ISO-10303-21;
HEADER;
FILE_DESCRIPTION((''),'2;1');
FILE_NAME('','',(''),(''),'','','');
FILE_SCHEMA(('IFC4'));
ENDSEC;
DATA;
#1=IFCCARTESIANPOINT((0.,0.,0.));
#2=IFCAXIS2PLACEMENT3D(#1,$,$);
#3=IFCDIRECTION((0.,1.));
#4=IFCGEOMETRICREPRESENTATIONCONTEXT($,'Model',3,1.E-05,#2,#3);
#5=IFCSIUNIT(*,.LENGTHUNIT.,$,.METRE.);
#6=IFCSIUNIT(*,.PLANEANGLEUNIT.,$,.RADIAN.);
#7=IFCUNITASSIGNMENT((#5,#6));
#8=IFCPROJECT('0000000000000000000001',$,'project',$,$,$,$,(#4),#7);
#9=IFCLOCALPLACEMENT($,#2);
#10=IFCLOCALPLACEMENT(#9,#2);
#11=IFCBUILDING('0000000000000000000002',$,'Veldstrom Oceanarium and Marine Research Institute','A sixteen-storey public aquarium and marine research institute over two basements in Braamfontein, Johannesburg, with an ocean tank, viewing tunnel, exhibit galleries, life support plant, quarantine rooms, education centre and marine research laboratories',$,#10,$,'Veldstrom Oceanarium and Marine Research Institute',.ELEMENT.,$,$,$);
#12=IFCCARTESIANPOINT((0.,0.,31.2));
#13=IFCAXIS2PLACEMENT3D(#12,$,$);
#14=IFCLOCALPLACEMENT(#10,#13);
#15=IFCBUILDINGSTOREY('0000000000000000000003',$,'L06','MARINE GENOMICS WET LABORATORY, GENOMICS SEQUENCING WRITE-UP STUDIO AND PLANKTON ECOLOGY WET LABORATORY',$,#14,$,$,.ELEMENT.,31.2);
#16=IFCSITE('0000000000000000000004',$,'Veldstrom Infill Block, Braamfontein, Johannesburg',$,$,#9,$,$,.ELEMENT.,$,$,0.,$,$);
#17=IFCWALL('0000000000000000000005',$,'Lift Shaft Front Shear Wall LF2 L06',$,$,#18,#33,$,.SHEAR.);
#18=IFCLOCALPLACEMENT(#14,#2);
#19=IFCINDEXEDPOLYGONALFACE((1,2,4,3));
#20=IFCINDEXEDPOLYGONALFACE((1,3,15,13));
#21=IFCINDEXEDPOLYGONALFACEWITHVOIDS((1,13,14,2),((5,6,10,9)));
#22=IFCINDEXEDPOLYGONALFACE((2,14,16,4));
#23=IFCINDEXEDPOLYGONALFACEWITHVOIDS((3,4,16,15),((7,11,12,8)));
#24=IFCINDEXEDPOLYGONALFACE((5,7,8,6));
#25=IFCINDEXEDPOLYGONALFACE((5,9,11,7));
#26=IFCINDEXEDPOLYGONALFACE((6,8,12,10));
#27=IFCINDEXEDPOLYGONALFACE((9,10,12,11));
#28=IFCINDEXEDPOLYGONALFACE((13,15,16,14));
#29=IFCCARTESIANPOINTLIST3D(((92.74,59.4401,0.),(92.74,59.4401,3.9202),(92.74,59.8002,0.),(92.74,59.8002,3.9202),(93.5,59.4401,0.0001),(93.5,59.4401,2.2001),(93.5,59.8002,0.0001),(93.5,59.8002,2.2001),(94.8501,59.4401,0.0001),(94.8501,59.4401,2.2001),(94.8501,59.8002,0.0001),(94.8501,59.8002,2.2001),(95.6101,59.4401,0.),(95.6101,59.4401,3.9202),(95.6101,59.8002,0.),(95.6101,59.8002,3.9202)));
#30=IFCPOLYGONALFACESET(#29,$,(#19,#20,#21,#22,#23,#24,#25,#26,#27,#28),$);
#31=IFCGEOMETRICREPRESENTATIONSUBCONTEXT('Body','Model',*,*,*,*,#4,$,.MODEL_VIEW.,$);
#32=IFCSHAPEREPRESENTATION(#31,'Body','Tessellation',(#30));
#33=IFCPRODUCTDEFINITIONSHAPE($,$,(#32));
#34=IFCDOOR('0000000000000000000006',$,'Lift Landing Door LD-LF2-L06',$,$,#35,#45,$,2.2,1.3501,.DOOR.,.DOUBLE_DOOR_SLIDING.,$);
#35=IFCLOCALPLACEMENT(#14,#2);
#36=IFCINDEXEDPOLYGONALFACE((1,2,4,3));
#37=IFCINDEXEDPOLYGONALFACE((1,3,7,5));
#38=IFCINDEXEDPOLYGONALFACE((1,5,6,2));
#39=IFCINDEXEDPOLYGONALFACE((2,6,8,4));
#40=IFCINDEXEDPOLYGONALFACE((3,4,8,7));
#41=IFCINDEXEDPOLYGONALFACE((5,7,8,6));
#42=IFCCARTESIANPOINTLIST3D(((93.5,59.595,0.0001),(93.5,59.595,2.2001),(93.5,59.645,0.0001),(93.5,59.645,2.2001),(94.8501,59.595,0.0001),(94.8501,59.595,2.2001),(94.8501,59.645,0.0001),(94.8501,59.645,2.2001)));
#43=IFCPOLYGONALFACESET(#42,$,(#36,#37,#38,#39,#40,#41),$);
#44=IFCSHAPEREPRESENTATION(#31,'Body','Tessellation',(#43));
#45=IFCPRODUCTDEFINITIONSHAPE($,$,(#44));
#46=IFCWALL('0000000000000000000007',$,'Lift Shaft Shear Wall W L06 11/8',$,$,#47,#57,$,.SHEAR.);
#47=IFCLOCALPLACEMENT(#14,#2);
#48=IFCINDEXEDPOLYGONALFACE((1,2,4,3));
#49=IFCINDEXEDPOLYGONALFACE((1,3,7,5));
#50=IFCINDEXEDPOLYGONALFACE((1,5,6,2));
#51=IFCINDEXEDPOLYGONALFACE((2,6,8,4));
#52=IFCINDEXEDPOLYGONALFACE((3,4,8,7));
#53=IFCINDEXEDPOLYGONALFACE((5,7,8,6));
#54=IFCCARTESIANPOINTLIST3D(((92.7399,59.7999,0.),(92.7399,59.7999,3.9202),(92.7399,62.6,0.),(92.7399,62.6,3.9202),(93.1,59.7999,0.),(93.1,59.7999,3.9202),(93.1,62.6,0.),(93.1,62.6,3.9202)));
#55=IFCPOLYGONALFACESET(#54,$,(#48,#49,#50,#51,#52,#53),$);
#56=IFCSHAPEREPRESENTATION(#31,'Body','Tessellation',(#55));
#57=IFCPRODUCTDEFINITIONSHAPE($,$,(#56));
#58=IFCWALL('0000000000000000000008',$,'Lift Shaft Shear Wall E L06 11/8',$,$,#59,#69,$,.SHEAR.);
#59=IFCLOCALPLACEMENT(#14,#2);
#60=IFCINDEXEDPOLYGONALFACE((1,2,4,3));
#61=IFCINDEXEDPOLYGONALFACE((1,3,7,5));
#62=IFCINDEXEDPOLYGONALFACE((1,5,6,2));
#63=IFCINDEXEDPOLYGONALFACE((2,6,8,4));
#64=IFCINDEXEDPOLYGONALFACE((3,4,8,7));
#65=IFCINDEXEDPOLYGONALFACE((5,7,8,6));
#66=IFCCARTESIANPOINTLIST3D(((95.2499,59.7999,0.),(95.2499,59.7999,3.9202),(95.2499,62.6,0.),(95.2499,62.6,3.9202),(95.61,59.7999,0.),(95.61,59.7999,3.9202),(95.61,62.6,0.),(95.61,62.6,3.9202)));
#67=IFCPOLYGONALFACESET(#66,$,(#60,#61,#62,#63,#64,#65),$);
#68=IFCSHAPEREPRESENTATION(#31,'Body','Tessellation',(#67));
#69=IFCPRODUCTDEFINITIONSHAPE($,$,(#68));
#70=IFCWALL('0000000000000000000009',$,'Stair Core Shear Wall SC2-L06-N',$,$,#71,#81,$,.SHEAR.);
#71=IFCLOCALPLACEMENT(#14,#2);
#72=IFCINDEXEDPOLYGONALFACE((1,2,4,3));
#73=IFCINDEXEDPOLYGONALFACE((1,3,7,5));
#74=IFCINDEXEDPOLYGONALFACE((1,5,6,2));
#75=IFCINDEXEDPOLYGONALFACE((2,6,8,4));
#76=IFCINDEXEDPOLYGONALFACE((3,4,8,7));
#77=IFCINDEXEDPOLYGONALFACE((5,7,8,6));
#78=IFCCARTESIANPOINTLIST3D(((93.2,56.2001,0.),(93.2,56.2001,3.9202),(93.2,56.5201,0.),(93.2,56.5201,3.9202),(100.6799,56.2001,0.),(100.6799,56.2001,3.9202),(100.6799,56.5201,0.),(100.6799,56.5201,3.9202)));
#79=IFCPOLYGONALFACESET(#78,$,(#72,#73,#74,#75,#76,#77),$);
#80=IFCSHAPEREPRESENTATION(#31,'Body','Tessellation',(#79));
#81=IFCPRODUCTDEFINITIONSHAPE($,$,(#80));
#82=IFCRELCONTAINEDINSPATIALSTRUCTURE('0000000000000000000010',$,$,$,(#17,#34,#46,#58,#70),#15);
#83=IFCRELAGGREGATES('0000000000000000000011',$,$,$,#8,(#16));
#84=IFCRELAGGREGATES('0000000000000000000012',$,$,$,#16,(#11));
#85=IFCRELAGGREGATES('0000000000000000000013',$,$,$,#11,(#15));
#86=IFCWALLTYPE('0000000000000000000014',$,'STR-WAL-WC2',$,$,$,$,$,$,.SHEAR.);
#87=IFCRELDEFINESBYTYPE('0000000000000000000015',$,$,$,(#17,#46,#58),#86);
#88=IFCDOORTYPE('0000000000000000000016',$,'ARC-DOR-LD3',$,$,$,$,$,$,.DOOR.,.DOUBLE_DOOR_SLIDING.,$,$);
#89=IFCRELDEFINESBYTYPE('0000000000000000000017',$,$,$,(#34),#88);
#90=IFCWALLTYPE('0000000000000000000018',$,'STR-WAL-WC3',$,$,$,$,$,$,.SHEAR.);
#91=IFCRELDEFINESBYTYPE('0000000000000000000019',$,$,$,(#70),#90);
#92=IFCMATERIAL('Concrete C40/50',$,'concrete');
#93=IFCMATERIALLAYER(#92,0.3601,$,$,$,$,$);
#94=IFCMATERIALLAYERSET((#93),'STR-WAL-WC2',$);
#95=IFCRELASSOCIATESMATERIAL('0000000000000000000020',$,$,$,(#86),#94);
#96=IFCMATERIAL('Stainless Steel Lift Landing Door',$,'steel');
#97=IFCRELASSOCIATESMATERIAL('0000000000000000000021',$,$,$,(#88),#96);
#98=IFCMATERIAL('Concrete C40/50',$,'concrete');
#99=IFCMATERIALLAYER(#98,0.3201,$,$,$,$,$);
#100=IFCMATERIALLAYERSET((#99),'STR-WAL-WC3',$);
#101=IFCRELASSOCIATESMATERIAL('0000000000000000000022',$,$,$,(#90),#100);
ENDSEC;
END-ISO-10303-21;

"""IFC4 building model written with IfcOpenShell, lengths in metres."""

from ifc_helpers import new_model, si_unit, direction, frame, frame_2d, origin, place, context, subcontext, project, spatial, rectangle, extrude, material, layer, layer_set, type_object, element, fill, save


model = new_model("IFC4")

# Units and contexts
model_context = context("Model", 3, precision=1e-05, world=origin(), true_north=direction((0.0, 1.0)))
body_context = subcontext(model_context, "Body", "Model", "MODEL_VIEW")
ifc_project = project(units=[si_unit("LENGTHUNIT", "METRE"), si_unit("PLANEANGLEUNIT", "RADIAN")], contexts=[model_context])

# Site, building, storey
site_placement = place(None, origin())
site = spatial("IfcSite", under=ifc_project, at=site_placement, Name="Veldstrom Infill Block, Braamfontein, Johannesburg", CompositionType="ELEMENT", RefElevation=0.0)
building_placement = place(site_placement, origin())
building = spatial("IfcBuilding", under=site, at=building_placement, Name="Veldstrom Oceanarium and Marine Research Institute", Description="A sixteen-storey public aquarium and marine research institute over two basements in Braamfontein, Johannesburg, with an ocean tank, viewing tunnel, exhibit galleries, life support plant, quarantine rooms, education centre and marine research laboratories", LongName="Veldstrom Oceanarium and Marine Research Institute", CompositionType="ELEMENT")
storey_placement = place(building_placement, frame((0.0, 0.0, 31.2)))
storey = spatial("IfcBuildingStorey", under=building, at=storey_placement, Name="L06", Description="MARINE GENOMICS WET LABORATORY, GENOMICS SEQUENCING WRITE-UP STUDIO AND PLANKTON ECOLOGY WET LABORATORY", CompositionType="ELEMENT", Elevation=31.2)

# Shared definitions
ifc_material_1 = material(Name="Concrete C40/50", Category="concrete")
ifc_layer_1 = layer(ifc_material_1, 0.3601)
ifc_layer_set_1 = layer_set([ifc_layer_1], Name="STR-WAL-WC2")
wall_type_1 = type_object("IfcWallType", Name="STR-WAL-WC2", PredefinedType="SHEAR", material=ifc_layer_set_1)

# Wall, opening, door
wall_1_placement = place(storey_placement, frame((92.74, 59.6201, 0.0), z_axis=(0.0, 0.0, 1.0), x_axis=(1.0, 0.0, 0.0)))
wall_1 = element("IfcWall", 1, at=wall_1_placement, inside=storey, type_object=wall_type_1, Name="Lift Shaft Front Shear Wall LF2 L06", PredefinedType="SHEAR", context=body_context, shape_type="SweptSolid", body=[
    extrude(rectangle(XDim=2.8701, YDim=0.3601, at=frame_2d((1.4351, 0.0))), origin(), (0.0, 0.0, 1.0), 3.9202),
])
opening_1_placement = place(wall_1_placement, frame((0.76, 0.0, 0.0)))
opening_1 = element("IfcOpeningElement", 2, at=opening_1_placement, cuts=wall_1, PredefinedType="OPENING", context=body_context, shape_type="SweptSolid", body=[
    extrude(rectangle(XDim=1.3501, YDim=2.2, at=frame_2d((0.675, 1.1001))), frame((0.0, 0.1899, 0.0), z_axis=(0.0, -1.0, 0.0), x_axis=(1.0, 0.0, 0.0)), (0.0, 0.0, 1.0), 0.3801),
])
ifc_material_2 = material(Name="Stainless Steel Lift Landing Door", Category="steel")
door_type_1 = type_object("IfcDoorType", Name="ARC-DOR-LD3", OperationType="DOUBLE_DOOR_SLIDING", PredefinedType="DOOR", material=ifc_material_2)
door_1_placement = place(opening_1_placement, origin())
door_1 = element("IfcDoor", 3, at=door_1_placement, inside=storey, type_object=door_type_1, Name="Lift Landing Door LD-LF2-L06", OperationType="DOUBLE_DOOR_SLIDING", OverallHeight=2.2, OverallWidth=1.3501, PredefinedType="DOOR", context=body_context, shape_type="SweptSolid", body=[
    extrude(rectangle(XDim=1.3501, YDim=2.2, at=frame_2d((0.675, 1.1001))), frame((0.0, 0.0249, 0.0), z_axis=(0.0, -1.0, 0.0), x_axis=(1.0, 0.0, 0.0)), (0.0, 0.0, 1.0), 0.05),
])
fill(opening_1, door_1)

# Walls
for number, where, z_axis, x_axis, name in (
    (4, (92.9199, 59.8, 0.0), (0.0, 0.0, 1.0), (0.0, 1.0, 0.0), "Lift Shaft Shear Wall W L06 11/8"),
    (5, (95.4299, 59.8, 0.0), (0.0, 0.0, 1.0), (0.0, 1.0, 0.0), "Lift Shaft Shear Wall E L06 11/8"),
):
    element("IfcWall", number, at=place(storey_placement, frame(where, z_axis=z_axis, x_axis=x_axis)), inside=storey, type_object=wall_type_1, Name=name, PredefinedType="SHEAR", context=body_context, shape_type="SweptSolid", body=[
        extrude(rectangle(XDim=2.8, YDim=0.3601, at=frame_2d((1.3999, 0.0))), origin(), (0.0, 0.0, 1.0), 3.9202),
    ])
ifc_material_3 = material(Name="Concrete C40/50", Category="concrete")
ifc_layer_2 = layer(ifc_material_3, 0.3201)
ifc_layer_set_2 = layer_set([ifc_layer_2], Name="STR-WAL-WC3")
wall_type_2 = type_object("IfcWallType", Name="STR-WAL-WC3", PredefinedType="SHEAR", material=ifc_layer_set_2)
wall_2_placement = place(storey_placement, frame((93.2, 56.3601, 0.0), z_axis=(0.0, 0.0, 1.0), x_axis=(1.0, 0.0, 0.0)))
element("IfcWall", 6, at=wall_2_placement, inside=storey, type_object=wall_type_2, Name="Stair Core Shear Wall SC2-L06-N", PredefinedType="SHEAR", context=body_context, shape_type="SweptSolid", body=[
    extrude(rectangle(XDim=7.48, YDim=0.3201, at=frame_2d((3.74, 0.0))), origin(), (0.0, 0.0, 1.0), 3.9202),
])

save(model, "model.ifc")
